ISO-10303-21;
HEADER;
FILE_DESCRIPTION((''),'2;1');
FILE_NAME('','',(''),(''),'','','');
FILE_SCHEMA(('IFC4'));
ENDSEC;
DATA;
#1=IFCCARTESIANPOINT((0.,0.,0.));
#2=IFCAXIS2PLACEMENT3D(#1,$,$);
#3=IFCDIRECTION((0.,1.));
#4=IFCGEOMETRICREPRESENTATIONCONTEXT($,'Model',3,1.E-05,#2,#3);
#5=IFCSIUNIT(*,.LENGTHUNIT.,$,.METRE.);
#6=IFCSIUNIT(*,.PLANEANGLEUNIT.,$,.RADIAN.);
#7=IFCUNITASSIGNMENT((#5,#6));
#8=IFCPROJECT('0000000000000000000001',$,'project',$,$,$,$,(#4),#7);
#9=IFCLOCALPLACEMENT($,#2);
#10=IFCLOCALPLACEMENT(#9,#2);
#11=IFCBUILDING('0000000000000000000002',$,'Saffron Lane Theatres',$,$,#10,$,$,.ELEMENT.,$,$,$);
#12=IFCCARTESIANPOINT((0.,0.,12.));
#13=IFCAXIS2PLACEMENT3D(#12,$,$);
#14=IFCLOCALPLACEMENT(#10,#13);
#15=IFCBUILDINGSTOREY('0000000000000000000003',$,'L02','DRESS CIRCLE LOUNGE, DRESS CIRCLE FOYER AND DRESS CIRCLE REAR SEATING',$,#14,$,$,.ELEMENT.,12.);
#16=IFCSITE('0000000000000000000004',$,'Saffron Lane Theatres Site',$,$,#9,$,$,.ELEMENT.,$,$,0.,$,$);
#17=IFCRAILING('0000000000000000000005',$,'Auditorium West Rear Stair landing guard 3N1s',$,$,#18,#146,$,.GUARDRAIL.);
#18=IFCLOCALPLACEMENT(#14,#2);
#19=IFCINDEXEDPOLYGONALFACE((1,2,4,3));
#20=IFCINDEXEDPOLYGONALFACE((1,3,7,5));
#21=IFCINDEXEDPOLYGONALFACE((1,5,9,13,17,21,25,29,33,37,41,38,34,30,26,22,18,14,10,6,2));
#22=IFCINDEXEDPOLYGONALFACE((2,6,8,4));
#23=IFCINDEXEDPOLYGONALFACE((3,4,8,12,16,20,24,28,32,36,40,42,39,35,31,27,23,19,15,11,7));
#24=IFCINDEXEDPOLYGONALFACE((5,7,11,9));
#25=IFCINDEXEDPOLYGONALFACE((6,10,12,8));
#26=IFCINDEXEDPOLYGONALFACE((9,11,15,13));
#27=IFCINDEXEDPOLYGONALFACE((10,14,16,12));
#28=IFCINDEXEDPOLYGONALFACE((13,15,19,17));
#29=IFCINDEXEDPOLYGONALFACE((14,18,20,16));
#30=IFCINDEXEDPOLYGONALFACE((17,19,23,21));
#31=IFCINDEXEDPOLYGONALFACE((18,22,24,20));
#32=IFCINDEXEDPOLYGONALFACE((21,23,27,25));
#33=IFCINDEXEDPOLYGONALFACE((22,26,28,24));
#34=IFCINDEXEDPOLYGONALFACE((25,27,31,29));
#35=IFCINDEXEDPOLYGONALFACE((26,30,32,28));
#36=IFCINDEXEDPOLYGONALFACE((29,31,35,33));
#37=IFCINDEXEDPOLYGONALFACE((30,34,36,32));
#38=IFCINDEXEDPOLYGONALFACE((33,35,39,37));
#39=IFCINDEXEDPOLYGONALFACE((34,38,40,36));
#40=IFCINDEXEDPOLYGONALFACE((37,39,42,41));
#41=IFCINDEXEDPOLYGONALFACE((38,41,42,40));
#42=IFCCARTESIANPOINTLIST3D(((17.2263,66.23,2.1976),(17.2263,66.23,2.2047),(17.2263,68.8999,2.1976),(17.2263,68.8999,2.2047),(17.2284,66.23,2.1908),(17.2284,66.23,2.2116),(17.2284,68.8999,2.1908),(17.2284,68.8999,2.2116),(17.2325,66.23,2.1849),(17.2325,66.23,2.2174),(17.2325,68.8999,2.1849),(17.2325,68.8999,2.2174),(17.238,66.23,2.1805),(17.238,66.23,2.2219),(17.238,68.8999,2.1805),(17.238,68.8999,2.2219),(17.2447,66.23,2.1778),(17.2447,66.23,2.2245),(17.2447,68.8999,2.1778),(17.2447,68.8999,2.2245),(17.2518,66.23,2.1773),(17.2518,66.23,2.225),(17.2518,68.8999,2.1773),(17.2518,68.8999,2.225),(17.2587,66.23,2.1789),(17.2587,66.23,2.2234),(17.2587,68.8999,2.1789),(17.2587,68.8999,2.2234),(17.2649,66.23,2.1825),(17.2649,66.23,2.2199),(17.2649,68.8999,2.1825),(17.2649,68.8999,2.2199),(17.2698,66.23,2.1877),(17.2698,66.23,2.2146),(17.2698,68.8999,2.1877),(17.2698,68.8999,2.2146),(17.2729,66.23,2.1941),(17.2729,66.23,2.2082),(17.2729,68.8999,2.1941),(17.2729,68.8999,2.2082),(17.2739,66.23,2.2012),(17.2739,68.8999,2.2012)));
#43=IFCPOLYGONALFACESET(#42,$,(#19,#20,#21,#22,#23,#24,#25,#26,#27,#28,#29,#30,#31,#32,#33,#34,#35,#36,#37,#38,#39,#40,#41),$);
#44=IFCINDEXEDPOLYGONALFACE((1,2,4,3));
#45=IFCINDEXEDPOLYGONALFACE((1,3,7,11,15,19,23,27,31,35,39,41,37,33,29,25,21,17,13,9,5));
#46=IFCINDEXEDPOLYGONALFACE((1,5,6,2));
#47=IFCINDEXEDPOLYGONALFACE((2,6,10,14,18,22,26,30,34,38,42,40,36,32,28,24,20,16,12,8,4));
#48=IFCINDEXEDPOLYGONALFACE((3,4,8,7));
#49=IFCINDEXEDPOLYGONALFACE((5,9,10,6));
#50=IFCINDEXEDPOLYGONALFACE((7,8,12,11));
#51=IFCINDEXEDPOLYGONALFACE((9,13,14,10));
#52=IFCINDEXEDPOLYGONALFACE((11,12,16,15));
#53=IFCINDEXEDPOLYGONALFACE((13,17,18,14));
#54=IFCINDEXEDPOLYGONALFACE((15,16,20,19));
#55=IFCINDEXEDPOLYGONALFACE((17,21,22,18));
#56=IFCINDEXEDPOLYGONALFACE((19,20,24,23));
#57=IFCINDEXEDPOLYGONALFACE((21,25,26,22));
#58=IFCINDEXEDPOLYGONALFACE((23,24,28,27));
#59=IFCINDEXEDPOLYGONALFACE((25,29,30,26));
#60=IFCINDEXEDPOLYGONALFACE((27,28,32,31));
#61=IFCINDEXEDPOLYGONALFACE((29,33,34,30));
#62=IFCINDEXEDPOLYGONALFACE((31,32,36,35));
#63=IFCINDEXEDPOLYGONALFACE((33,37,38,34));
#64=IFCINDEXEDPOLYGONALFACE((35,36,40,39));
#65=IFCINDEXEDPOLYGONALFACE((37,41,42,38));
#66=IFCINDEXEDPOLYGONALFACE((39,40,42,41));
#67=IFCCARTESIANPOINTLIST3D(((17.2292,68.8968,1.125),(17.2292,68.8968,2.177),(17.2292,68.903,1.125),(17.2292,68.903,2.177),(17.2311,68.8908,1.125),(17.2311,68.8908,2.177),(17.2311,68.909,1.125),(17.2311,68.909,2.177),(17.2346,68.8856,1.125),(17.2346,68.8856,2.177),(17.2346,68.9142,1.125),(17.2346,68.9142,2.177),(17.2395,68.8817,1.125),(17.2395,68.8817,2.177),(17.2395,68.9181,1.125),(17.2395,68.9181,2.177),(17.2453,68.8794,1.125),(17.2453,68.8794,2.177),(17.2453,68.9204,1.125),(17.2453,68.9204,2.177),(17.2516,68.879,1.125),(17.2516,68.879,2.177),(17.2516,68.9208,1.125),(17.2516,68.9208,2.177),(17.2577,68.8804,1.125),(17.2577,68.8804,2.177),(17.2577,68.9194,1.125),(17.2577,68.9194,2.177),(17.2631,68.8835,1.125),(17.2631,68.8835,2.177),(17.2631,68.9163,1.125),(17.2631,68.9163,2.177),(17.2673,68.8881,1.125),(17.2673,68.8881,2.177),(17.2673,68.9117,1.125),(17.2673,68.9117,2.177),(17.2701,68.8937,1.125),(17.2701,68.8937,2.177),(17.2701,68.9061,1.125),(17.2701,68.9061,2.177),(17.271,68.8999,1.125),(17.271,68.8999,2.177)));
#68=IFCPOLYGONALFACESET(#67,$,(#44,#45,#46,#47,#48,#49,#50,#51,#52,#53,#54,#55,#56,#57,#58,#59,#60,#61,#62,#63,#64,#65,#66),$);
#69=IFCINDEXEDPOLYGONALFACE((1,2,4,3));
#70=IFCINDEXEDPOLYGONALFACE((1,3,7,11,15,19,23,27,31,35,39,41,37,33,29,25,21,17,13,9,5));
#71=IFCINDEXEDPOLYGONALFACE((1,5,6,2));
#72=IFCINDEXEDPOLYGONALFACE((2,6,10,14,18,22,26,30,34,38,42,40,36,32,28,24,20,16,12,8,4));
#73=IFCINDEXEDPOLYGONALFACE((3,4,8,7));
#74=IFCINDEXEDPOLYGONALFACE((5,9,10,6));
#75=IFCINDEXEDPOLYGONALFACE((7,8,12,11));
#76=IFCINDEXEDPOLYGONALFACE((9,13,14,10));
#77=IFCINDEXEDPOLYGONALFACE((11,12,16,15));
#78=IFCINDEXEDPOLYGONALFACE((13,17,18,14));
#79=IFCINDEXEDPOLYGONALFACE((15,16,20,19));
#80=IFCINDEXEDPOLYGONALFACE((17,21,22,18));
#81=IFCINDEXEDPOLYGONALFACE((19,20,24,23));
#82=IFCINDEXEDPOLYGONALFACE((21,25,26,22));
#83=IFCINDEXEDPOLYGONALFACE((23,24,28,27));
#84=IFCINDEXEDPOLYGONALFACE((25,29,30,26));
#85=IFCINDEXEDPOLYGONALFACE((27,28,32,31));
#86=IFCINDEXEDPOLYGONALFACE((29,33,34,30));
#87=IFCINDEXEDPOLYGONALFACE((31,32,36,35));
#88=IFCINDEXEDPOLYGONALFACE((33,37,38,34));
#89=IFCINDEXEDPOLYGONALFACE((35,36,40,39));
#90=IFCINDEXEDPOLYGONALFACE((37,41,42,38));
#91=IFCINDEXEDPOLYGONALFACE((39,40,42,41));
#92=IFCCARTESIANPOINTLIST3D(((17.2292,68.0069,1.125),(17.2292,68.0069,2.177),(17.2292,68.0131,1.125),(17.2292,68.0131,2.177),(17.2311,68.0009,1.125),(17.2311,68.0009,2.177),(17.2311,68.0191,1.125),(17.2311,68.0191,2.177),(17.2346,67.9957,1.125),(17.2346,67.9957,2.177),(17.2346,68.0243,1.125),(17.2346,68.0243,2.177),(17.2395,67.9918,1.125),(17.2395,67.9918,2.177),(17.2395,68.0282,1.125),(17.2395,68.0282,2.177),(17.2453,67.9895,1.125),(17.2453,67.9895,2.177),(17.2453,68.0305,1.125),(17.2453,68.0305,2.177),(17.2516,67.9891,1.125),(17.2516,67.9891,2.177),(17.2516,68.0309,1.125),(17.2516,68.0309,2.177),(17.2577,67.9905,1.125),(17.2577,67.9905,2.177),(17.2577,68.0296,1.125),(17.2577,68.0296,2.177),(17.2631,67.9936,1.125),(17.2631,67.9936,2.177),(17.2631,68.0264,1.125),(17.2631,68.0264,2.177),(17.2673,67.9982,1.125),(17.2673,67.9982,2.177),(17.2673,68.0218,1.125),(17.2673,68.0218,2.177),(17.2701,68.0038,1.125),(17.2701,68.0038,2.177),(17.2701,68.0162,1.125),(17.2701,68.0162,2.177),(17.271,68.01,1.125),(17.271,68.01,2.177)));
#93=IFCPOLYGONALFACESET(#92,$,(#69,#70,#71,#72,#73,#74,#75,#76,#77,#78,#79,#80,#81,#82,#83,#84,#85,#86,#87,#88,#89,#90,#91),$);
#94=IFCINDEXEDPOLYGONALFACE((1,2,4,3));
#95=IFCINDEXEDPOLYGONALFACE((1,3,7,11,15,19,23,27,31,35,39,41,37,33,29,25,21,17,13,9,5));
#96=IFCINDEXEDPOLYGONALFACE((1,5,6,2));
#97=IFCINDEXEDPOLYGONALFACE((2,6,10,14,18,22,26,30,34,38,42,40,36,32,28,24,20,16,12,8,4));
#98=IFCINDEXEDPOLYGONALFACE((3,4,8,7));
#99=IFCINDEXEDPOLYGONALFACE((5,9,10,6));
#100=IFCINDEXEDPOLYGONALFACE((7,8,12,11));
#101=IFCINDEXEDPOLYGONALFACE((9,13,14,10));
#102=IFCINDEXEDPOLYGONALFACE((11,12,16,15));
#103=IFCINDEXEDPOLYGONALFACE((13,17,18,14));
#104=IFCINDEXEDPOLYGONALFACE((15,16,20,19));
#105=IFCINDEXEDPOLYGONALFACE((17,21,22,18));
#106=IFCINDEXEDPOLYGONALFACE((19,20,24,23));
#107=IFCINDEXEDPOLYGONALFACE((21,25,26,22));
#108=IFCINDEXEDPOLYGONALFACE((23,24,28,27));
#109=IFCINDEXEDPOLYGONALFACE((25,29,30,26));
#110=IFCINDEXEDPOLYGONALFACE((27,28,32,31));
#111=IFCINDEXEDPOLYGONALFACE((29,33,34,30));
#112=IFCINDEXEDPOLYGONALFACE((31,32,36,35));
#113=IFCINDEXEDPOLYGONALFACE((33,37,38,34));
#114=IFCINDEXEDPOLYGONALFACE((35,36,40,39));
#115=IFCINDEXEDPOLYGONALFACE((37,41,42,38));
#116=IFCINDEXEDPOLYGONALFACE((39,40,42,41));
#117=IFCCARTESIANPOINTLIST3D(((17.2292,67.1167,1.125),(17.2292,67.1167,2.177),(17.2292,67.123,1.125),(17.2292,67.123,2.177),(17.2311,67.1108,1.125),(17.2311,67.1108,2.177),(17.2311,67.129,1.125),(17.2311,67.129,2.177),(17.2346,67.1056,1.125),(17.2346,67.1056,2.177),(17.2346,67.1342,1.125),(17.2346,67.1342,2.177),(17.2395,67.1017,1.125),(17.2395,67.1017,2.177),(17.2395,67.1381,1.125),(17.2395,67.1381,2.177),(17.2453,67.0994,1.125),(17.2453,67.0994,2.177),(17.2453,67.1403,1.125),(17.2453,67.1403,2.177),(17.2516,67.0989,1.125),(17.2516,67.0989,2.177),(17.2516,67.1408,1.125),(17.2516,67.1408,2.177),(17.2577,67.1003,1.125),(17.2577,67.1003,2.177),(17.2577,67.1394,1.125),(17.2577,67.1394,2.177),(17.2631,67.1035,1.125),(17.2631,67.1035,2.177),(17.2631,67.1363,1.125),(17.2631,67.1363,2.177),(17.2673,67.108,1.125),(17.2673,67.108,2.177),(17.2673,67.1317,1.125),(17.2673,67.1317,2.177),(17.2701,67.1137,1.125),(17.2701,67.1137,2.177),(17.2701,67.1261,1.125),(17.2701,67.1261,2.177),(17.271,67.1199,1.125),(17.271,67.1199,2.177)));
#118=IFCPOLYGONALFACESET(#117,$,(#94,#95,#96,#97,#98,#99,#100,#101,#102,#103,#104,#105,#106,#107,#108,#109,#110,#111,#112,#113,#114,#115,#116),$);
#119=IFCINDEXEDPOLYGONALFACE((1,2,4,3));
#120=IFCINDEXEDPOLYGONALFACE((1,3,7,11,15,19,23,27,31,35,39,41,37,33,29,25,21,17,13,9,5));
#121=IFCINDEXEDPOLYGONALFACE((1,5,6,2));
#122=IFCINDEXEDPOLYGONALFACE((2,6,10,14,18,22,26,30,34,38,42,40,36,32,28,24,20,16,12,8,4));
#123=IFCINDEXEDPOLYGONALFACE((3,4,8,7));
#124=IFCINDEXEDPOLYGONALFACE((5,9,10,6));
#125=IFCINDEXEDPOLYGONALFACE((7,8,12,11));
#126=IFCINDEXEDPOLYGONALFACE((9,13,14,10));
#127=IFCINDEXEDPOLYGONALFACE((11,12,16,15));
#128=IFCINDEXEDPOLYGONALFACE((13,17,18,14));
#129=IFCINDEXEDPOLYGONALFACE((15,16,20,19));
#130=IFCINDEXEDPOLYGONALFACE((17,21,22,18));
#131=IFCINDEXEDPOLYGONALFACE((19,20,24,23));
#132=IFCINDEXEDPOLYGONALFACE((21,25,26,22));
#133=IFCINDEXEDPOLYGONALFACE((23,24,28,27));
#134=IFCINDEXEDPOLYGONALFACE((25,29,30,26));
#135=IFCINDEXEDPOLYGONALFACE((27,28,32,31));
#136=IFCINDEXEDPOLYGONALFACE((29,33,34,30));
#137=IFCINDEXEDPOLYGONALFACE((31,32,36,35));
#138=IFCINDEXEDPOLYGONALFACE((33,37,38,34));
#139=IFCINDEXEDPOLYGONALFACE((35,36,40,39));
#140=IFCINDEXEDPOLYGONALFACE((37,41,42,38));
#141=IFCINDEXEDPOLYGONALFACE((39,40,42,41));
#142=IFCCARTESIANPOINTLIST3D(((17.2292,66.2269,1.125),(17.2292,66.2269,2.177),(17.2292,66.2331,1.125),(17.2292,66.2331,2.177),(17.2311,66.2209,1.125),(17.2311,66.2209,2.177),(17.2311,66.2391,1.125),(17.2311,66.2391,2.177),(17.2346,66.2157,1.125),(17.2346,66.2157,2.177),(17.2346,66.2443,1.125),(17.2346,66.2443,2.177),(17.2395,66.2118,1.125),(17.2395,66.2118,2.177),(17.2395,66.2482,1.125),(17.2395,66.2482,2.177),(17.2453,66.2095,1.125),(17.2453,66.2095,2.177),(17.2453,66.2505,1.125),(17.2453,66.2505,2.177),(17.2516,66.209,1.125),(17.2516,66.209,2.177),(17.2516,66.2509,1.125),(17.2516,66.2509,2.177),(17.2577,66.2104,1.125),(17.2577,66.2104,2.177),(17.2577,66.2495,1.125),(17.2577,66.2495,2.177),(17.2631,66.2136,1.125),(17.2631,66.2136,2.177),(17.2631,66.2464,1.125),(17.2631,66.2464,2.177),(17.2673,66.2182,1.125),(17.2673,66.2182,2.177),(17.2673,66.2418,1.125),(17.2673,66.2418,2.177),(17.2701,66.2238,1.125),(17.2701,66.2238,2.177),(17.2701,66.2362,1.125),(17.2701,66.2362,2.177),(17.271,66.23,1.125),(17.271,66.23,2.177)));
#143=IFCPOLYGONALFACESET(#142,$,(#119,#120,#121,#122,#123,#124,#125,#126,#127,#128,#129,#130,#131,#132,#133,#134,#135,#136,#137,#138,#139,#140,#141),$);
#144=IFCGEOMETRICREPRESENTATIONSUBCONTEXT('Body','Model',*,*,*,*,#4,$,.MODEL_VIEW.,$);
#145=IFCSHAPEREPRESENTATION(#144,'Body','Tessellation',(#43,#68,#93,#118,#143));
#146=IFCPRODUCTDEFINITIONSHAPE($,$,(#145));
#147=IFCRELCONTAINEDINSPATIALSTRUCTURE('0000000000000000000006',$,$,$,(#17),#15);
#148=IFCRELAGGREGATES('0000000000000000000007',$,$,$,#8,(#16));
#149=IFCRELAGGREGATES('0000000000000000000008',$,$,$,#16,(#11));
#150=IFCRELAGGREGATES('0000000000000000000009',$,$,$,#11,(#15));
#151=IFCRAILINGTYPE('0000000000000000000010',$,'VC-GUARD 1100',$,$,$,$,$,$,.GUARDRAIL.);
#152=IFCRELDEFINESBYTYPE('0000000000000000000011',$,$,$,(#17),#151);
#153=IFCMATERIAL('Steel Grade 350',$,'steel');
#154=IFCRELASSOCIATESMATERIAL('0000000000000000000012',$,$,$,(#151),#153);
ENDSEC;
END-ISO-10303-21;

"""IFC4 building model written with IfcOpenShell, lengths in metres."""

from ifc_helpers import new_model, si_unit, direction, frame, origin, origin_2d, place, context, subcontext, project, spatial, circle, extrude, material, type_object, element, save


model = new_model("IFC4")

# Units and contexts
model_context = context("Model", 3, precision=1e-05, world=origin(), true_north=direction((0.0, 1.0)))
body_context = subcontext(model_context, "Body", "Model", "MODEL_VIEW")
ifc_project = project(units=[si_unit("LENGTHUNIT", "METRE"), si_unit("PLANEANGLEUNIT", "RADIAN")], contexts=[model_context])

# Site, building, storey
site_placement = place(None, origin())
site = spatial("IfcSite", under=ifc_project, at=site_placement, Name="Saffron Lane Theatres Site", CompositionType="ELEMENT", RefElevation=0.0)
building_placement = place(site_placement, origin())
building = spatial("IfcBuilding", under=site, at=building_placement, Name="Saffron Lane Theatres", CompositionType="ELEMENT")
storey_placement = place(building_placement, frame((0.0, 0.0, 12.0)))
storey = spatial("IfcBuildingStorey", under=building, at=storey_placement, Name="L02", Description="DRESS CIRCLE LOUNGE, DRESS CIRCLE FOYER AND DRESS CIRCLE REAR SEATING", CompositionType="ELEMENT", Elevation=12.0)

# Railing
ifc_material_1 = material(Name="Steel Grade 350", Category="steel")
railing_type_1 = type_object("IfcRailingType", Name="VC-GUARD 1100", PredefinedType="GUARDRAIL", material=ifc_material_1)
railing_1_placement = place(storey_placement, frame((17.25, 68.8999, 1.125)))
element("IfcRailing", 1, at=railing_1_placement, inside=storey, type_object=railing_type_1, Name="Auditorium West Rear Stair landing guard 3N1s", PredefinedType="GUARDRAIL", context=body_context, shape_type="SweptSolid", body=[
    extrude(circle(Radius=0.0239, at=origin_2d()), frame((0.0, 0.0, 1.0762), z_axis=(0.0, -1.0, 0.0), x_axis=(1.0, 0.0, 0.0)), (0.0, 0.0, 1.0), 2.6699),
    extrude(circle(Radius=0.021, at=origin_2d()), origin(), (0.0, 0.0, 1.0), 1.052),
    extrude(circle(Radius=0.021, at=origin_2d()), frame((0.0, -0.8899, 0.0)), (0.0, 0.0, 1.0), 1.052),
    extrude(circle(Radius=0.021, at=origin_2d()), frame((0.0, -1.78, 0.0)), (0.0, 0.0, 1.0), 1.052),
    extrude(circle(Radius=0.021, at=origin_2d()), frame((0.0, -2.6699, 0.0)), (0.0, 0.0, 1.0), 1.052),
])

save(model, "model.ifc")
